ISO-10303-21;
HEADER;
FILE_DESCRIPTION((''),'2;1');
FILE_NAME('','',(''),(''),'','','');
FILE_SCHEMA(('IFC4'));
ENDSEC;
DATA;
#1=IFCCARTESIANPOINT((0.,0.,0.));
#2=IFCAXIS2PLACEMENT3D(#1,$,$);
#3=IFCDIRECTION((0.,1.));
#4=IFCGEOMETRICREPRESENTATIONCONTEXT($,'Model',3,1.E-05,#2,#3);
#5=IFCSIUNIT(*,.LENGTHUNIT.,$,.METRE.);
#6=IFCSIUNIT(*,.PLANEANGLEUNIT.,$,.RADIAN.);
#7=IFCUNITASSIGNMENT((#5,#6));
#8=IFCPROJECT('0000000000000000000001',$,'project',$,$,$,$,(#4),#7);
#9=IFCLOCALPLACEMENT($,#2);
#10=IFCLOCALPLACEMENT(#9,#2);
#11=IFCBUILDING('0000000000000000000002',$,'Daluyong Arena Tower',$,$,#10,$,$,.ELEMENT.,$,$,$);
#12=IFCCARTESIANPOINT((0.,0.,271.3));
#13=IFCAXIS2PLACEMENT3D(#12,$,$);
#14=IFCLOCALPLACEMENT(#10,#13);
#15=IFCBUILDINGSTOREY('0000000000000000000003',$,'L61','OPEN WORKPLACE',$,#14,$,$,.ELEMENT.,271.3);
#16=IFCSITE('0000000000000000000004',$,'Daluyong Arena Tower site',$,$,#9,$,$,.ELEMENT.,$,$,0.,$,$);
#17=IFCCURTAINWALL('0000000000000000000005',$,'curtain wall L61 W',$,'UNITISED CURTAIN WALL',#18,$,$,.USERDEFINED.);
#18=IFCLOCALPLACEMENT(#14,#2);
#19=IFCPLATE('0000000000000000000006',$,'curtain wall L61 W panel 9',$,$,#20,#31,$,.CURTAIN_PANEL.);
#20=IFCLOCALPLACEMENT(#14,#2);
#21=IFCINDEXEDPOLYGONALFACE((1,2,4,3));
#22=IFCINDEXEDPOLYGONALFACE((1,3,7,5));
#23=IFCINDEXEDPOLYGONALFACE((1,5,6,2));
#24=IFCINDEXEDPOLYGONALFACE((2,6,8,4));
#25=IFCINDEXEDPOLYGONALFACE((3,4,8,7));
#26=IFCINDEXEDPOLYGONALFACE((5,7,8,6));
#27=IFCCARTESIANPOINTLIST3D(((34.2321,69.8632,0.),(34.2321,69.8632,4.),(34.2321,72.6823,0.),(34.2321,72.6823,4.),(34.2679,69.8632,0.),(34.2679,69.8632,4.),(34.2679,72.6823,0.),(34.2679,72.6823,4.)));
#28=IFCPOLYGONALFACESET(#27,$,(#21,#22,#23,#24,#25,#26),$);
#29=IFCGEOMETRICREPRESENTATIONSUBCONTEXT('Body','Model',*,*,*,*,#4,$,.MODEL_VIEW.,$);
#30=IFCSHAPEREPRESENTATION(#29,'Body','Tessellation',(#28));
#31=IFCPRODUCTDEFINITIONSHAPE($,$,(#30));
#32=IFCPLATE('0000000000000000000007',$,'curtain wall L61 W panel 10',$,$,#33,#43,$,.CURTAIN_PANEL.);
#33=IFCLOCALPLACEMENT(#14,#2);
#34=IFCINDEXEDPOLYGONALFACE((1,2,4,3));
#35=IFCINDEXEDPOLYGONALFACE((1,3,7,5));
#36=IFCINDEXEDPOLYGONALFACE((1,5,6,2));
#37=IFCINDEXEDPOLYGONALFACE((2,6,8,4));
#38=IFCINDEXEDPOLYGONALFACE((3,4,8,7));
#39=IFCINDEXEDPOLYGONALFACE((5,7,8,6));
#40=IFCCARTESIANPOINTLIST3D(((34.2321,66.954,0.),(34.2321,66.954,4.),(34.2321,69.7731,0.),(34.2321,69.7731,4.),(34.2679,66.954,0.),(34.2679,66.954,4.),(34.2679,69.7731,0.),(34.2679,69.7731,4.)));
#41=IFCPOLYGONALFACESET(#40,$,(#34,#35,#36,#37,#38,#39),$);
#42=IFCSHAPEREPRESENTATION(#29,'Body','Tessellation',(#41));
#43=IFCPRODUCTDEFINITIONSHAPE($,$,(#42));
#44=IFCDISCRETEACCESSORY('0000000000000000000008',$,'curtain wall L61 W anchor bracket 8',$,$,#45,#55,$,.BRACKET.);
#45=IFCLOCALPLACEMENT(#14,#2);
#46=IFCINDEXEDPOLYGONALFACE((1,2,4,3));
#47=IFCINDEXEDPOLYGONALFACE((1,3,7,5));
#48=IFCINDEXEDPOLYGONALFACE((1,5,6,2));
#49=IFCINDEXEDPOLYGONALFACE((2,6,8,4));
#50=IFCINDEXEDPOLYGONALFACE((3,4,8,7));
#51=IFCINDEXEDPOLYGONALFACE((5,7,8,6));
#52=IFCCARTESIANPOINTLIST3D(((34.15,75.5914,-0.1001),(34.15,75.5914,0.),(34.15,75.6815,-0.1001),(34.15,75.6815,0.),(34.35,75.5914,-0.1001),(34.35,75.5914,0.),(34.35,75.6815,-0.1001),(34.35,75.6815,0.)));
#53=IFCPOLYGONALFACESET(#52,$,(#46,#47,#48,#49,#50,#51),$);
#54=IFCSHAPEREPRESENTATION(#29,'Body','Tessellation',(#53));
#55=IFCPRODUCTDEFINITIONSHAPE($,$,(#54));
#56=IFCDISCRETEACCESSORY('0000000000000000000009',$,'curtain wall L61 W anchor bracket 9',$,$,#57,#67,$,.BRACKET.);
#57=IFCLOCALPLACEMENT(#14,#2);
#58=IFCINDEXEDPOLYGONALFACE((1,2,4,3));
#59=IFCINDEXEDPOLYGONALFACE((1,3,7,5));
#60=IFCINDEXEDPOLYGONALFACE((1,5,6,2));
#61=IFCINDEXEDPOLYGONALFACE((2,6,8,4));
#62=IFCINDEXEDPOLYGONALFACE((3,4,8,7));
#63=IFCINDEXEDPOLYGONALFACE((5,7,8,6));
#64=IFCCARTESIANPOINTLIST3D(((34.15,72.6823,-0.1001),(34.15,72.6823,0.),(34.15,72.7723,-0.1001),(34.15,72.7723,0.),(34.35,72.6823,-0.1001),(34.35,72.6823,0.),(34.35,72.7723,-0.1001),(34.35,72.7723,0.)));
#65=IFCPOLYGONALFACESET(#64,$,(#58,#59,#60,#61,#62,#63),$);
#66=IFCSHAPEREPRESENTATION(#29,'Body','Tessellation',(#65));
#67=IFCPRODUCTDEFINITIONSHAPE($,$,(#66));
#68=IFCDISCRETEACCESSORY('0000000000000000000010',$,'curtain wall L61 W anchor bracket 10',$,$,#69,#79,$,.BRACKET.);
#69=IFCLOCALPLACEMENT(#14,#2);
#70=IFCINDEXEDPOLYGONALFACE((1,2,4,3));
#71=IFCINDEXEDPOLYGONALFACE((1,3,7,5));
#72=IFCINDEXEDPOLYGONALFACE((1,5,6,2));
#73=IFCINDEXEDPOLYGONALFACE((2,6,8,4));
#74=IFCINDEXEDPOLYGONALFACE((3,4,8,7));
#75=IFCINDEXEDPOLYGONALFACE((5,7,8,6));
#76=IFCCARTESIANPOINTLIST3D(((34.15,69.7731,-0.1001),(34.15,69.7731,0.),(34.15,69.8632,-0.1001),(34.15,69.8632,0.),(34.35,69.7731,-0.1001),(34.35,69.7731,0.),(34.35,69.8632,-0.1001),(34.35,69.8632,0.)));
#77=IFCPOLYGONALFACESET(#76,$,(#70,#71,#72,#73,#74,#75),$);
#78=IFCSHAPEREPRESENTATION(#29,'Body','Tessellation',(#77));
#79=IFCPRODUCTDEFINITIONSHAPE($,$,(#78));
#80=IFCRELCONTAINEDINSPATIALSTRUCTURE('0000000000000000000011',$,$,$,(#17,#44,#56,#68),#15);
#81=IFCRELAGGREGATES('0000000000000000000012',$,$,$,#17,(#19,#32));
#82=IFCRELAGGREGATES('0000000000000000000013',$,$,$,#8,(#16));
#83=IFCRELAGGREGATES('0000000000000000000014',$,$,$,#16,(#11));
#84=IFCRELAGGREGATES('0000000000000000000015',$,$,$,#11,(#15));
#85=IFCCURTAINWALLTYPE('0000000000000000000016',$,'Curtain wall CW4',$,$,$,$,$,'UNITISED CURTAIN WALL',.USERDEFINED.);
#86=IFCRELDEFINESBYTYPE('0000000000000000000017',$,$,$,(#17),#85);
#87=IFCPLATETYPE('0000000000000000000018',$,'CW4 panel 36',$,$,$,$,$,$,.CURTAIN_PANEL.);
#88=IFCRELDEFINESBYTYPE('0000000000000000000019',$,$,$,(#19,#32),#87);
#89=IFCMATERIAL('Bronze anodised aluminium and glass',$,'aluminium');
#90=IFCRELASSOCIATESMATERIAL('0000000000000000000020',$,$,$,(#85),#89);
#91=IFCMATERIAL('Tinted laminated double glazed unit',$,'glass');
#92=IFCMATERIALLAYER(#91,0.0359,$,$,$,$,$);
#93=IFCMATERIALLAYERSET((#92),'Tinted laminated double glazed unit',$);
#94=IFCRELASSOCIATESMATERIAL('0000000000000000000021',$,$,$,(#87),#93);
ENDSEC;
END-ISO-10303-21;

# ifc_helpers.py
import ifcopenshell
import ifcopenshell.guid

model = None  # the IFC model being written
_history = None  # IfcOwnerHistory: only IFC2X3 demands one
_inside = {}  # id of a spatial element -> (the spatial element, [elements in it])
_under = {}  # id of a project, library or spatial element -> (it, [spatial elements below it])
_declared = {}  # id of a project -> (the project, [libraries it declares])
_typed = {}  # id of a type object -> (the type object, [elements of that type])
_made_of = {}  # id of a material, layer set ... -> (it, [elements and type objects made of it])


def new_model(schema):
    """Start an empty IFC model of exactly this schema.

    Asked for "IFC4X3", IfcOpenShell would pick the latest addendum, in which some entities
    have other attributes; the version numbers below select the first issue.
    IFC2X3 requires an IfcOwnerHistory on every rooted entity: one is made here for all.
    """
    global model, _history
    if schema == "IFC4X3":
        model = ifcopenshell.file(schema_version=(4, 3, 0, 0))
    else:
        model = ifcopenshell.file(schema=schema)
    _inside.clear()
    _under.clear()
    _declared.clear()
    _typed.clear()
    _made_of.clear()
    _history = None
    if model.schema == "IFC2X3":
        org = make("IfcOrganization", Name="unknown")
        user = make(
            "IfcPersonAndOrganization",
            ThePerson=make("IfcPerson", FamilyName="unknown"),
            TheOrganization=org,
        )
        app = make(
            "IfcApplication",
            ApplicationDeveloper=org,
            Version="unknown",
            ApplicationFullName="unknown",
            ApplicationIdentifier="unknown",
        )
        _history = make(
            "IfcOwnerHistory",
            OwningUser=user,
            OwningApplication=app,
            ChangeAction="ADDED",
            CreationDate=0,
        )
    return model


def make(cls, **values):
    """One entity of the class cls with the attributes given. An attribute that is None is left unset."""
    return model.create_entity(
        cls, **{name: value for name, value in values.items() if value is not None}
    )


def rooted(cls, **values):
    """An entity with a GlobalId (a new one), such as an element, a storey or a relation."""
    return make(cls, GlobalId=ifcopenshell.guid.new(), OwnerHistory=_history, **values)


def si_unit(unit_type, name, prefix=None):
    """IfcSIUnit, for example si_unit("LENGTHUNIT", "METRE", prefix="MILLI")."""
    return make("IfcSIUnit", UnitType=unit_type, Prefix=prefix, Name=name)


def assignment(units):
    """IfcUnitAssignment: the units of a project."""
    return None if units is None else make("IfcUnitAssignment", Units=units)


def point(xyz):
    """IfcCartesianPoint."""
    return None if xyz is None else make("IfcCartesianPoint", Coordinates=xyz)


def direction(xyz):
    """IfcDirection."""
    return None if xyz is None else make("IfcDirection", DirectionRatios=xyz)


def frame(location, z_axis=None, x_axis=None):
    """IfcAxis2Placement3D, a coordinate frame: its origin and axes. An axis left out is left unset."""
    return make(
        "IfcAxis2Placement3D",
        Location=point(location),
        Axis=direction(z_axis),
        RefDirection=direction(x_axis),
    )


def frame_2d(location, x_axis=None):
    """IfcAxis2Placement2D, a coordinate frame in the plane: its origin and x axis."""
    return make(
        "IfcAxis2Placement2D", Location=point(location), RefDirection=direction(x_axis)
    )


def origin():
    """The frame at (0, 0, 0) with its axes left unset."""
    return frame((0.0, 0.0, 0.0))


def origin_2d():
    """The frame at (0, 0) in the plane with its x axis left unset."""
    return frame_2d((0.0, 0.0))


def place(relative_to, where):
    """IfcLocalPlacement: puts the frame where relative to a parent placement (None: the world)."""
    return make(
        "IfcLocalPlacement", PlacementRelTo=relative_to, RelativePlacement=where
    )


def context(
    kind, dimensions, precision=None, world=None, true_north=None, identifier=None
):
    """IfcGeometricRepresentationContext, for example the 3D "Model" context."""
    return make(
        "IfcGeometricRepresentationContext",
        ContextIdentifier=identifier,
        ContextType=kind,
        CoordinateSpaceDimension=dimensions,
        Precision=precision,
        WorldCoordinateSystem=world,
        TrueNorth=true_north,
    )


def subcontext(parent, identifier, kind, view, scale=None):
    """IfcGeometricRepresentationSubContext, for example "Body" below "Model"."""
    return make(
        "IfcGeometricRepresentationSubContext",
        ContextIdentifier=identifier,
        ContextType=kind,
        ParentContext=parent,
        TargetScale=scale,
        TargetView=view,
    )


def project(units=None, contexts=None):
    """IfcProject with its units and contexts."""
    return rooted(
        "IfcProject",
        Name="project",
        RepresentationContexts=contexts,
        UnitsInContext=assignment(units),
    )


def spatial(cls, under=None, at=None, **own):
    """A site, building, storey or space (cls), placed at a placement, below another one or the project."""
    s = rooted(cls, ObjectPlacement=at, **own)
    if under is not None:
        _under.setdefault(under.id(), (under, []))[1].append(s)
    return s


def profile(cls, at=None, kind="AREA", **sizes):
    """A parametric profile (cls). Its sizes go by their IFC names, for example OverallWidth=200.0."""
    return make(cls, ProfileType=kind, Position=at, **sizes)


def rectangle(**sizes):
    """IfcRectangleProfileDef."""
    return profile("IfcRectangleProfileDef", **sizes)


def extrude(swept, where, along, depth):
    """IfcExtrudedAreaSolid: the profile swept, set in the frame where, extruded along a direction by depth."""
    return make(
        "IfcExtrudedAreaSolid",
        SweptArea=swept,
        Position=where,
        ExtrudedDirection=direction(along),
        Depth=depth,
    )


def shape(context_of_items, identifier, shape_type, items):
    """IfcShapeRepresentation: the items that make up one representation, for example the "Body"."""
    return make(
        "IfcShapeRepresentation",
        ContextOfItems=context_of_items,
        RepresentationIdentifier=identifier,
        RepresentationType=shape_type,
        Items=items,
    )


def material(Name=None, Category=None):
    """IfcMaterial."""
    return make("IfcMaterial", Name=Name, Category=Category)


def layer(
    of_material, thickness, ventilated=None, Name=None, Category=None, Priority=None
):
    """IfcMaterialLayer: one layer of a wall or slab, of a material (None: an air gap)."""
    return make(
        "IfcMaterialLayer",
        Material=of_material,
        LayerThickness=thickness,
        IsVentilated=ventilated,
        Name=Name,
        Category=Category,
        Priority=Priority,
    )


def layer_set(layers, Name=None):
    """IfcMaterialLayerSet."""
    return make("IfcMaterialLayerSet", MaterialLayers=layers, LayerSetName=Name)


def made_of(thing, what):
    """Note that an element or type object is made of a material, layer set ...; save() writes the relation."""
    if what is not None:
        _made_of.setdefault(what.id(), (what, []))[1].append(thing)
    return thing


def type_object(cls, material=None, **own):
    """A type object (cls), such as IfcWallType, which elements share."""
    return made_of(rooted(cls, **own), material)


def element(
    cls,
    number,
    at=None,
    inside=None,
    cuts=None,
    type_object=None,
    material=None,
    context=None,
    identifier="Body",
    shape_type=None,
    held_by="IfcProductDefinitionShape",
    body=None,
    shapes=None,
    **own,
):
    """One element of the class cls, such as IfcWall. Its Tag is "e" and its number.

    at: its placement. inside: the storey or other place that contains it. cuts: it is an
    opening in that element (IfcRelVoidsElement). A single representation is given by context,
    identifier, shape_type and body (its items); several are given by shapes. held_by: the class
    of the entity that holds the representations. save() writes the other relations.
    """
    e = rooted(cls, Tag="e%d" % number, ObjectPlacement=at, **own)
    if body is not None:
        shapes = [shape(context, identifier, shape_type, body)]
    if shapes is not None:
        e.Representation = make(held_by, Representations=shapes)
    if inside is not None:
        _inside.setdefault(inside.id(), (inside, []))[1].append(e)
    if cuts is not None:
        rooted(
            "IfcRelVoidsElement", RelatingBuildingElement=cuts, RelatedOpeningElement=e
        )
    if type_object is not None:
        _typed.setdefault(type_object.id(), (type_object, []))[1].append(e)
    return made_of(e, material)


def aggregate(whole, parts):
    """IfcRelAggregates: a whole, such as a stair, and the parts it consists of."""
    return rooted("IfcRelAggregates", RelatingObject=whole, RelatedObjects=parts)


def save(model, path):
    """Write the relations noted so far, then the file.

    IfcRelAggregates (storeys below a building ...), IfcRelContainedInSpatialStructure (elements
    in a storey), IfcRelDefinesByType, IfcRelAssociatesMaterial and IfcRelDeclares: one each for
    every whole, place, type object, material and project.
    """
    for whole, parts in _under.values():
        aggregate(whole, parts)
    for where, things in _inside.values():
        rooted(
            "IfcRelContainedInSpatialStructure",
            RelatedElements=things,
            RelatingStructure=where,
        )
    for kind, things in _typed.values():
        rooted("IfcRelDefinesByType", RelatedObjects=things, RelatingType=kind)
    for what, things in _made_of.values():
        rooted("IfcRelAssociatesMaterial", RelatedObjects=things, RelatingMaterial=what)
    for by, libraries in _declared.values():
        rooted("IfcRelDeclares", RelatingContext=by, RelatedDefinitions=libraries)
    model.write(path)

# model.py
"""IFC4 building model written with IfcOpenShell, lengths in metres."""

from ifc_helpers import new_model, si_unit, direction, frame, origin, origin_2d, place, context, subcontext, project, spatial, rectangle, extrude, material, layer, layer_set, type_object, element, aggregate, save


model = new_model("IFC4")

# Units and contexts
model_context = context("Model", 3, precision=1e-05, world=origin(), true_north=direction((0.0, 1.0)))
body_context = subcontext(model_context, "Body", "Model", "MODEL_VIEW")
ifc_project = project(units=[si_unit("LENGTHUNIT", "METRE"), si_unit("PLANEANGLEUNIT", "RADIAN")], contexts=[model_context])

# Site, building, storey
site_placement = place(None, origin())
site = spatial("IfcSite", under=ifc_project, at=site_placement, Name="Daluyong Arena Tower site", CompositionType="ELEMENT", RefElevation=0.0)
building_placement = place(site_placement, origin())
building = spatial("IfcBuilding", under=site, at=building_placement, Name="Daluyong Arena Tower", CompositionType="ELEMENT")
storey_placement = place(building_placement, frame((0.0, 0.0, 271.3)))
storey = spatial("IfcBuildingStorey", under=building, at=storey_placement, Name="L61", Description="OPEN WORKPLACE", CompositionType="ELEMENT", Elevation=271.3)

# Curtain wall
ifc_material_1 = material(Name="Bronze anodised aluminium and glass", Category="aluminium")
curtain_wall_type = type_object("IfcCurtainWallType", Name="Curtain wall CW4", ElementType="UNITISED CURTAIN WALL", PredefinedType="USERDEFINED", material=ifc_material_1)
curtain_wall_placement = place(storey_placement, origin())
curtain_wall = element("IfcCurtainWall", 1, at=curtain_wall_placement, inside=storey, type_object=curtain_wall_type, Name="curtain wall L61 W", ObjectType="UNITISED CURTAIN WALL", PredefinedType="USERDEFINED")

# Plates
ifc_material_2 = material(Name="Tinted laminated double glazed unit", Category="glass")
ifc_layer = layer(ifc_material_2, 0.0359)
ifc_layer_set = layer_set([ifc_layer], Name="Tinted laminated double glazed unit")
plate_type = type_object("IfcPlateType", Name="CW4 panel 36", PredefinedType="CURTAIN_PANEL", material=ifc_layer_set)
plate_1_placement = place(storey_placement, frame((34.25, 71.2727, 0.0), z_axis=(0.0, 0.0, 1.0), x_axis=(0.0, -1.0, 0.0)))
plate_1 = element("IfcPlate", 2, at=plate_1_placement, type_object=plate_type, Name="curtain wall L61 W panel 9", PredefinedType="CURTAIN_PANEL", context=body_context, shape_type="SweptSolid", body=[
    extrude(rectangle(XDim=2.8191, YDim=0.0359, at=origin_2d()), origin(), (0.0, 0.0, 1.0), 4.0),
])
plate_2_placement = place(storey_placement, frame((34.25, 68.3635, 0.0), z_axis=(0.0, 0.0, 1.0), x_axis=(0.0, -1.0, 0.0)))
plate_2 = element("IfcPlate", 3, at=plate_2_placement, type_object=plate_type, Name="curtain wall L61 W panel 10", PredefinedType="CURTAIN_PANEL", context=body_context, shape_type="SweptSolid", body=[
    extrude(rectangle(XDim=2.8191, YDim=0.0359, at=origin_2d()), origin(), (0.0, 0.0, 1.0), 4.0),
])
aggregate(curtain_wall, [plate_1, plate_2])

# Discrete accessories
for number, where, z_axis, x_axis, name in (
    (4, (34.25, 75.6365, -0.1001), (0.0, 0.0, 1.0), (0.0, -1.0, 0.0), "curtain wall L61 W anchor bracket 8"),
    (5, (34.25, 72.7273, -0.1001), (0.0, 0.0, 1.0), (0.0, -1.0, 0.0), "curtain wall L61 W anchor bracket 9"),
    (6, (34.25, 69.8181, -0.1001), (0.0, 0.0, 1.0), (0.0, -1.0, 0.0), "curtain wall L61 W anchor bracket 10"),
):
    element("IfcDiscreteAccessory", number, at=place(storey_placement, frame(where, z_axis=z_axis, x_axis=x_axis)), inside=storey, Name=name, PredefinedType="BRACKET", context=body_context, shape_type="SweptSolid", body=[
        extrude(rectangle(XDim=0.0901, YDim=0.2, at=origin_2d()), origin(), (0.0, 0.0, 1.0), 0.1001),
    ])

save(model, "model.ifc")
